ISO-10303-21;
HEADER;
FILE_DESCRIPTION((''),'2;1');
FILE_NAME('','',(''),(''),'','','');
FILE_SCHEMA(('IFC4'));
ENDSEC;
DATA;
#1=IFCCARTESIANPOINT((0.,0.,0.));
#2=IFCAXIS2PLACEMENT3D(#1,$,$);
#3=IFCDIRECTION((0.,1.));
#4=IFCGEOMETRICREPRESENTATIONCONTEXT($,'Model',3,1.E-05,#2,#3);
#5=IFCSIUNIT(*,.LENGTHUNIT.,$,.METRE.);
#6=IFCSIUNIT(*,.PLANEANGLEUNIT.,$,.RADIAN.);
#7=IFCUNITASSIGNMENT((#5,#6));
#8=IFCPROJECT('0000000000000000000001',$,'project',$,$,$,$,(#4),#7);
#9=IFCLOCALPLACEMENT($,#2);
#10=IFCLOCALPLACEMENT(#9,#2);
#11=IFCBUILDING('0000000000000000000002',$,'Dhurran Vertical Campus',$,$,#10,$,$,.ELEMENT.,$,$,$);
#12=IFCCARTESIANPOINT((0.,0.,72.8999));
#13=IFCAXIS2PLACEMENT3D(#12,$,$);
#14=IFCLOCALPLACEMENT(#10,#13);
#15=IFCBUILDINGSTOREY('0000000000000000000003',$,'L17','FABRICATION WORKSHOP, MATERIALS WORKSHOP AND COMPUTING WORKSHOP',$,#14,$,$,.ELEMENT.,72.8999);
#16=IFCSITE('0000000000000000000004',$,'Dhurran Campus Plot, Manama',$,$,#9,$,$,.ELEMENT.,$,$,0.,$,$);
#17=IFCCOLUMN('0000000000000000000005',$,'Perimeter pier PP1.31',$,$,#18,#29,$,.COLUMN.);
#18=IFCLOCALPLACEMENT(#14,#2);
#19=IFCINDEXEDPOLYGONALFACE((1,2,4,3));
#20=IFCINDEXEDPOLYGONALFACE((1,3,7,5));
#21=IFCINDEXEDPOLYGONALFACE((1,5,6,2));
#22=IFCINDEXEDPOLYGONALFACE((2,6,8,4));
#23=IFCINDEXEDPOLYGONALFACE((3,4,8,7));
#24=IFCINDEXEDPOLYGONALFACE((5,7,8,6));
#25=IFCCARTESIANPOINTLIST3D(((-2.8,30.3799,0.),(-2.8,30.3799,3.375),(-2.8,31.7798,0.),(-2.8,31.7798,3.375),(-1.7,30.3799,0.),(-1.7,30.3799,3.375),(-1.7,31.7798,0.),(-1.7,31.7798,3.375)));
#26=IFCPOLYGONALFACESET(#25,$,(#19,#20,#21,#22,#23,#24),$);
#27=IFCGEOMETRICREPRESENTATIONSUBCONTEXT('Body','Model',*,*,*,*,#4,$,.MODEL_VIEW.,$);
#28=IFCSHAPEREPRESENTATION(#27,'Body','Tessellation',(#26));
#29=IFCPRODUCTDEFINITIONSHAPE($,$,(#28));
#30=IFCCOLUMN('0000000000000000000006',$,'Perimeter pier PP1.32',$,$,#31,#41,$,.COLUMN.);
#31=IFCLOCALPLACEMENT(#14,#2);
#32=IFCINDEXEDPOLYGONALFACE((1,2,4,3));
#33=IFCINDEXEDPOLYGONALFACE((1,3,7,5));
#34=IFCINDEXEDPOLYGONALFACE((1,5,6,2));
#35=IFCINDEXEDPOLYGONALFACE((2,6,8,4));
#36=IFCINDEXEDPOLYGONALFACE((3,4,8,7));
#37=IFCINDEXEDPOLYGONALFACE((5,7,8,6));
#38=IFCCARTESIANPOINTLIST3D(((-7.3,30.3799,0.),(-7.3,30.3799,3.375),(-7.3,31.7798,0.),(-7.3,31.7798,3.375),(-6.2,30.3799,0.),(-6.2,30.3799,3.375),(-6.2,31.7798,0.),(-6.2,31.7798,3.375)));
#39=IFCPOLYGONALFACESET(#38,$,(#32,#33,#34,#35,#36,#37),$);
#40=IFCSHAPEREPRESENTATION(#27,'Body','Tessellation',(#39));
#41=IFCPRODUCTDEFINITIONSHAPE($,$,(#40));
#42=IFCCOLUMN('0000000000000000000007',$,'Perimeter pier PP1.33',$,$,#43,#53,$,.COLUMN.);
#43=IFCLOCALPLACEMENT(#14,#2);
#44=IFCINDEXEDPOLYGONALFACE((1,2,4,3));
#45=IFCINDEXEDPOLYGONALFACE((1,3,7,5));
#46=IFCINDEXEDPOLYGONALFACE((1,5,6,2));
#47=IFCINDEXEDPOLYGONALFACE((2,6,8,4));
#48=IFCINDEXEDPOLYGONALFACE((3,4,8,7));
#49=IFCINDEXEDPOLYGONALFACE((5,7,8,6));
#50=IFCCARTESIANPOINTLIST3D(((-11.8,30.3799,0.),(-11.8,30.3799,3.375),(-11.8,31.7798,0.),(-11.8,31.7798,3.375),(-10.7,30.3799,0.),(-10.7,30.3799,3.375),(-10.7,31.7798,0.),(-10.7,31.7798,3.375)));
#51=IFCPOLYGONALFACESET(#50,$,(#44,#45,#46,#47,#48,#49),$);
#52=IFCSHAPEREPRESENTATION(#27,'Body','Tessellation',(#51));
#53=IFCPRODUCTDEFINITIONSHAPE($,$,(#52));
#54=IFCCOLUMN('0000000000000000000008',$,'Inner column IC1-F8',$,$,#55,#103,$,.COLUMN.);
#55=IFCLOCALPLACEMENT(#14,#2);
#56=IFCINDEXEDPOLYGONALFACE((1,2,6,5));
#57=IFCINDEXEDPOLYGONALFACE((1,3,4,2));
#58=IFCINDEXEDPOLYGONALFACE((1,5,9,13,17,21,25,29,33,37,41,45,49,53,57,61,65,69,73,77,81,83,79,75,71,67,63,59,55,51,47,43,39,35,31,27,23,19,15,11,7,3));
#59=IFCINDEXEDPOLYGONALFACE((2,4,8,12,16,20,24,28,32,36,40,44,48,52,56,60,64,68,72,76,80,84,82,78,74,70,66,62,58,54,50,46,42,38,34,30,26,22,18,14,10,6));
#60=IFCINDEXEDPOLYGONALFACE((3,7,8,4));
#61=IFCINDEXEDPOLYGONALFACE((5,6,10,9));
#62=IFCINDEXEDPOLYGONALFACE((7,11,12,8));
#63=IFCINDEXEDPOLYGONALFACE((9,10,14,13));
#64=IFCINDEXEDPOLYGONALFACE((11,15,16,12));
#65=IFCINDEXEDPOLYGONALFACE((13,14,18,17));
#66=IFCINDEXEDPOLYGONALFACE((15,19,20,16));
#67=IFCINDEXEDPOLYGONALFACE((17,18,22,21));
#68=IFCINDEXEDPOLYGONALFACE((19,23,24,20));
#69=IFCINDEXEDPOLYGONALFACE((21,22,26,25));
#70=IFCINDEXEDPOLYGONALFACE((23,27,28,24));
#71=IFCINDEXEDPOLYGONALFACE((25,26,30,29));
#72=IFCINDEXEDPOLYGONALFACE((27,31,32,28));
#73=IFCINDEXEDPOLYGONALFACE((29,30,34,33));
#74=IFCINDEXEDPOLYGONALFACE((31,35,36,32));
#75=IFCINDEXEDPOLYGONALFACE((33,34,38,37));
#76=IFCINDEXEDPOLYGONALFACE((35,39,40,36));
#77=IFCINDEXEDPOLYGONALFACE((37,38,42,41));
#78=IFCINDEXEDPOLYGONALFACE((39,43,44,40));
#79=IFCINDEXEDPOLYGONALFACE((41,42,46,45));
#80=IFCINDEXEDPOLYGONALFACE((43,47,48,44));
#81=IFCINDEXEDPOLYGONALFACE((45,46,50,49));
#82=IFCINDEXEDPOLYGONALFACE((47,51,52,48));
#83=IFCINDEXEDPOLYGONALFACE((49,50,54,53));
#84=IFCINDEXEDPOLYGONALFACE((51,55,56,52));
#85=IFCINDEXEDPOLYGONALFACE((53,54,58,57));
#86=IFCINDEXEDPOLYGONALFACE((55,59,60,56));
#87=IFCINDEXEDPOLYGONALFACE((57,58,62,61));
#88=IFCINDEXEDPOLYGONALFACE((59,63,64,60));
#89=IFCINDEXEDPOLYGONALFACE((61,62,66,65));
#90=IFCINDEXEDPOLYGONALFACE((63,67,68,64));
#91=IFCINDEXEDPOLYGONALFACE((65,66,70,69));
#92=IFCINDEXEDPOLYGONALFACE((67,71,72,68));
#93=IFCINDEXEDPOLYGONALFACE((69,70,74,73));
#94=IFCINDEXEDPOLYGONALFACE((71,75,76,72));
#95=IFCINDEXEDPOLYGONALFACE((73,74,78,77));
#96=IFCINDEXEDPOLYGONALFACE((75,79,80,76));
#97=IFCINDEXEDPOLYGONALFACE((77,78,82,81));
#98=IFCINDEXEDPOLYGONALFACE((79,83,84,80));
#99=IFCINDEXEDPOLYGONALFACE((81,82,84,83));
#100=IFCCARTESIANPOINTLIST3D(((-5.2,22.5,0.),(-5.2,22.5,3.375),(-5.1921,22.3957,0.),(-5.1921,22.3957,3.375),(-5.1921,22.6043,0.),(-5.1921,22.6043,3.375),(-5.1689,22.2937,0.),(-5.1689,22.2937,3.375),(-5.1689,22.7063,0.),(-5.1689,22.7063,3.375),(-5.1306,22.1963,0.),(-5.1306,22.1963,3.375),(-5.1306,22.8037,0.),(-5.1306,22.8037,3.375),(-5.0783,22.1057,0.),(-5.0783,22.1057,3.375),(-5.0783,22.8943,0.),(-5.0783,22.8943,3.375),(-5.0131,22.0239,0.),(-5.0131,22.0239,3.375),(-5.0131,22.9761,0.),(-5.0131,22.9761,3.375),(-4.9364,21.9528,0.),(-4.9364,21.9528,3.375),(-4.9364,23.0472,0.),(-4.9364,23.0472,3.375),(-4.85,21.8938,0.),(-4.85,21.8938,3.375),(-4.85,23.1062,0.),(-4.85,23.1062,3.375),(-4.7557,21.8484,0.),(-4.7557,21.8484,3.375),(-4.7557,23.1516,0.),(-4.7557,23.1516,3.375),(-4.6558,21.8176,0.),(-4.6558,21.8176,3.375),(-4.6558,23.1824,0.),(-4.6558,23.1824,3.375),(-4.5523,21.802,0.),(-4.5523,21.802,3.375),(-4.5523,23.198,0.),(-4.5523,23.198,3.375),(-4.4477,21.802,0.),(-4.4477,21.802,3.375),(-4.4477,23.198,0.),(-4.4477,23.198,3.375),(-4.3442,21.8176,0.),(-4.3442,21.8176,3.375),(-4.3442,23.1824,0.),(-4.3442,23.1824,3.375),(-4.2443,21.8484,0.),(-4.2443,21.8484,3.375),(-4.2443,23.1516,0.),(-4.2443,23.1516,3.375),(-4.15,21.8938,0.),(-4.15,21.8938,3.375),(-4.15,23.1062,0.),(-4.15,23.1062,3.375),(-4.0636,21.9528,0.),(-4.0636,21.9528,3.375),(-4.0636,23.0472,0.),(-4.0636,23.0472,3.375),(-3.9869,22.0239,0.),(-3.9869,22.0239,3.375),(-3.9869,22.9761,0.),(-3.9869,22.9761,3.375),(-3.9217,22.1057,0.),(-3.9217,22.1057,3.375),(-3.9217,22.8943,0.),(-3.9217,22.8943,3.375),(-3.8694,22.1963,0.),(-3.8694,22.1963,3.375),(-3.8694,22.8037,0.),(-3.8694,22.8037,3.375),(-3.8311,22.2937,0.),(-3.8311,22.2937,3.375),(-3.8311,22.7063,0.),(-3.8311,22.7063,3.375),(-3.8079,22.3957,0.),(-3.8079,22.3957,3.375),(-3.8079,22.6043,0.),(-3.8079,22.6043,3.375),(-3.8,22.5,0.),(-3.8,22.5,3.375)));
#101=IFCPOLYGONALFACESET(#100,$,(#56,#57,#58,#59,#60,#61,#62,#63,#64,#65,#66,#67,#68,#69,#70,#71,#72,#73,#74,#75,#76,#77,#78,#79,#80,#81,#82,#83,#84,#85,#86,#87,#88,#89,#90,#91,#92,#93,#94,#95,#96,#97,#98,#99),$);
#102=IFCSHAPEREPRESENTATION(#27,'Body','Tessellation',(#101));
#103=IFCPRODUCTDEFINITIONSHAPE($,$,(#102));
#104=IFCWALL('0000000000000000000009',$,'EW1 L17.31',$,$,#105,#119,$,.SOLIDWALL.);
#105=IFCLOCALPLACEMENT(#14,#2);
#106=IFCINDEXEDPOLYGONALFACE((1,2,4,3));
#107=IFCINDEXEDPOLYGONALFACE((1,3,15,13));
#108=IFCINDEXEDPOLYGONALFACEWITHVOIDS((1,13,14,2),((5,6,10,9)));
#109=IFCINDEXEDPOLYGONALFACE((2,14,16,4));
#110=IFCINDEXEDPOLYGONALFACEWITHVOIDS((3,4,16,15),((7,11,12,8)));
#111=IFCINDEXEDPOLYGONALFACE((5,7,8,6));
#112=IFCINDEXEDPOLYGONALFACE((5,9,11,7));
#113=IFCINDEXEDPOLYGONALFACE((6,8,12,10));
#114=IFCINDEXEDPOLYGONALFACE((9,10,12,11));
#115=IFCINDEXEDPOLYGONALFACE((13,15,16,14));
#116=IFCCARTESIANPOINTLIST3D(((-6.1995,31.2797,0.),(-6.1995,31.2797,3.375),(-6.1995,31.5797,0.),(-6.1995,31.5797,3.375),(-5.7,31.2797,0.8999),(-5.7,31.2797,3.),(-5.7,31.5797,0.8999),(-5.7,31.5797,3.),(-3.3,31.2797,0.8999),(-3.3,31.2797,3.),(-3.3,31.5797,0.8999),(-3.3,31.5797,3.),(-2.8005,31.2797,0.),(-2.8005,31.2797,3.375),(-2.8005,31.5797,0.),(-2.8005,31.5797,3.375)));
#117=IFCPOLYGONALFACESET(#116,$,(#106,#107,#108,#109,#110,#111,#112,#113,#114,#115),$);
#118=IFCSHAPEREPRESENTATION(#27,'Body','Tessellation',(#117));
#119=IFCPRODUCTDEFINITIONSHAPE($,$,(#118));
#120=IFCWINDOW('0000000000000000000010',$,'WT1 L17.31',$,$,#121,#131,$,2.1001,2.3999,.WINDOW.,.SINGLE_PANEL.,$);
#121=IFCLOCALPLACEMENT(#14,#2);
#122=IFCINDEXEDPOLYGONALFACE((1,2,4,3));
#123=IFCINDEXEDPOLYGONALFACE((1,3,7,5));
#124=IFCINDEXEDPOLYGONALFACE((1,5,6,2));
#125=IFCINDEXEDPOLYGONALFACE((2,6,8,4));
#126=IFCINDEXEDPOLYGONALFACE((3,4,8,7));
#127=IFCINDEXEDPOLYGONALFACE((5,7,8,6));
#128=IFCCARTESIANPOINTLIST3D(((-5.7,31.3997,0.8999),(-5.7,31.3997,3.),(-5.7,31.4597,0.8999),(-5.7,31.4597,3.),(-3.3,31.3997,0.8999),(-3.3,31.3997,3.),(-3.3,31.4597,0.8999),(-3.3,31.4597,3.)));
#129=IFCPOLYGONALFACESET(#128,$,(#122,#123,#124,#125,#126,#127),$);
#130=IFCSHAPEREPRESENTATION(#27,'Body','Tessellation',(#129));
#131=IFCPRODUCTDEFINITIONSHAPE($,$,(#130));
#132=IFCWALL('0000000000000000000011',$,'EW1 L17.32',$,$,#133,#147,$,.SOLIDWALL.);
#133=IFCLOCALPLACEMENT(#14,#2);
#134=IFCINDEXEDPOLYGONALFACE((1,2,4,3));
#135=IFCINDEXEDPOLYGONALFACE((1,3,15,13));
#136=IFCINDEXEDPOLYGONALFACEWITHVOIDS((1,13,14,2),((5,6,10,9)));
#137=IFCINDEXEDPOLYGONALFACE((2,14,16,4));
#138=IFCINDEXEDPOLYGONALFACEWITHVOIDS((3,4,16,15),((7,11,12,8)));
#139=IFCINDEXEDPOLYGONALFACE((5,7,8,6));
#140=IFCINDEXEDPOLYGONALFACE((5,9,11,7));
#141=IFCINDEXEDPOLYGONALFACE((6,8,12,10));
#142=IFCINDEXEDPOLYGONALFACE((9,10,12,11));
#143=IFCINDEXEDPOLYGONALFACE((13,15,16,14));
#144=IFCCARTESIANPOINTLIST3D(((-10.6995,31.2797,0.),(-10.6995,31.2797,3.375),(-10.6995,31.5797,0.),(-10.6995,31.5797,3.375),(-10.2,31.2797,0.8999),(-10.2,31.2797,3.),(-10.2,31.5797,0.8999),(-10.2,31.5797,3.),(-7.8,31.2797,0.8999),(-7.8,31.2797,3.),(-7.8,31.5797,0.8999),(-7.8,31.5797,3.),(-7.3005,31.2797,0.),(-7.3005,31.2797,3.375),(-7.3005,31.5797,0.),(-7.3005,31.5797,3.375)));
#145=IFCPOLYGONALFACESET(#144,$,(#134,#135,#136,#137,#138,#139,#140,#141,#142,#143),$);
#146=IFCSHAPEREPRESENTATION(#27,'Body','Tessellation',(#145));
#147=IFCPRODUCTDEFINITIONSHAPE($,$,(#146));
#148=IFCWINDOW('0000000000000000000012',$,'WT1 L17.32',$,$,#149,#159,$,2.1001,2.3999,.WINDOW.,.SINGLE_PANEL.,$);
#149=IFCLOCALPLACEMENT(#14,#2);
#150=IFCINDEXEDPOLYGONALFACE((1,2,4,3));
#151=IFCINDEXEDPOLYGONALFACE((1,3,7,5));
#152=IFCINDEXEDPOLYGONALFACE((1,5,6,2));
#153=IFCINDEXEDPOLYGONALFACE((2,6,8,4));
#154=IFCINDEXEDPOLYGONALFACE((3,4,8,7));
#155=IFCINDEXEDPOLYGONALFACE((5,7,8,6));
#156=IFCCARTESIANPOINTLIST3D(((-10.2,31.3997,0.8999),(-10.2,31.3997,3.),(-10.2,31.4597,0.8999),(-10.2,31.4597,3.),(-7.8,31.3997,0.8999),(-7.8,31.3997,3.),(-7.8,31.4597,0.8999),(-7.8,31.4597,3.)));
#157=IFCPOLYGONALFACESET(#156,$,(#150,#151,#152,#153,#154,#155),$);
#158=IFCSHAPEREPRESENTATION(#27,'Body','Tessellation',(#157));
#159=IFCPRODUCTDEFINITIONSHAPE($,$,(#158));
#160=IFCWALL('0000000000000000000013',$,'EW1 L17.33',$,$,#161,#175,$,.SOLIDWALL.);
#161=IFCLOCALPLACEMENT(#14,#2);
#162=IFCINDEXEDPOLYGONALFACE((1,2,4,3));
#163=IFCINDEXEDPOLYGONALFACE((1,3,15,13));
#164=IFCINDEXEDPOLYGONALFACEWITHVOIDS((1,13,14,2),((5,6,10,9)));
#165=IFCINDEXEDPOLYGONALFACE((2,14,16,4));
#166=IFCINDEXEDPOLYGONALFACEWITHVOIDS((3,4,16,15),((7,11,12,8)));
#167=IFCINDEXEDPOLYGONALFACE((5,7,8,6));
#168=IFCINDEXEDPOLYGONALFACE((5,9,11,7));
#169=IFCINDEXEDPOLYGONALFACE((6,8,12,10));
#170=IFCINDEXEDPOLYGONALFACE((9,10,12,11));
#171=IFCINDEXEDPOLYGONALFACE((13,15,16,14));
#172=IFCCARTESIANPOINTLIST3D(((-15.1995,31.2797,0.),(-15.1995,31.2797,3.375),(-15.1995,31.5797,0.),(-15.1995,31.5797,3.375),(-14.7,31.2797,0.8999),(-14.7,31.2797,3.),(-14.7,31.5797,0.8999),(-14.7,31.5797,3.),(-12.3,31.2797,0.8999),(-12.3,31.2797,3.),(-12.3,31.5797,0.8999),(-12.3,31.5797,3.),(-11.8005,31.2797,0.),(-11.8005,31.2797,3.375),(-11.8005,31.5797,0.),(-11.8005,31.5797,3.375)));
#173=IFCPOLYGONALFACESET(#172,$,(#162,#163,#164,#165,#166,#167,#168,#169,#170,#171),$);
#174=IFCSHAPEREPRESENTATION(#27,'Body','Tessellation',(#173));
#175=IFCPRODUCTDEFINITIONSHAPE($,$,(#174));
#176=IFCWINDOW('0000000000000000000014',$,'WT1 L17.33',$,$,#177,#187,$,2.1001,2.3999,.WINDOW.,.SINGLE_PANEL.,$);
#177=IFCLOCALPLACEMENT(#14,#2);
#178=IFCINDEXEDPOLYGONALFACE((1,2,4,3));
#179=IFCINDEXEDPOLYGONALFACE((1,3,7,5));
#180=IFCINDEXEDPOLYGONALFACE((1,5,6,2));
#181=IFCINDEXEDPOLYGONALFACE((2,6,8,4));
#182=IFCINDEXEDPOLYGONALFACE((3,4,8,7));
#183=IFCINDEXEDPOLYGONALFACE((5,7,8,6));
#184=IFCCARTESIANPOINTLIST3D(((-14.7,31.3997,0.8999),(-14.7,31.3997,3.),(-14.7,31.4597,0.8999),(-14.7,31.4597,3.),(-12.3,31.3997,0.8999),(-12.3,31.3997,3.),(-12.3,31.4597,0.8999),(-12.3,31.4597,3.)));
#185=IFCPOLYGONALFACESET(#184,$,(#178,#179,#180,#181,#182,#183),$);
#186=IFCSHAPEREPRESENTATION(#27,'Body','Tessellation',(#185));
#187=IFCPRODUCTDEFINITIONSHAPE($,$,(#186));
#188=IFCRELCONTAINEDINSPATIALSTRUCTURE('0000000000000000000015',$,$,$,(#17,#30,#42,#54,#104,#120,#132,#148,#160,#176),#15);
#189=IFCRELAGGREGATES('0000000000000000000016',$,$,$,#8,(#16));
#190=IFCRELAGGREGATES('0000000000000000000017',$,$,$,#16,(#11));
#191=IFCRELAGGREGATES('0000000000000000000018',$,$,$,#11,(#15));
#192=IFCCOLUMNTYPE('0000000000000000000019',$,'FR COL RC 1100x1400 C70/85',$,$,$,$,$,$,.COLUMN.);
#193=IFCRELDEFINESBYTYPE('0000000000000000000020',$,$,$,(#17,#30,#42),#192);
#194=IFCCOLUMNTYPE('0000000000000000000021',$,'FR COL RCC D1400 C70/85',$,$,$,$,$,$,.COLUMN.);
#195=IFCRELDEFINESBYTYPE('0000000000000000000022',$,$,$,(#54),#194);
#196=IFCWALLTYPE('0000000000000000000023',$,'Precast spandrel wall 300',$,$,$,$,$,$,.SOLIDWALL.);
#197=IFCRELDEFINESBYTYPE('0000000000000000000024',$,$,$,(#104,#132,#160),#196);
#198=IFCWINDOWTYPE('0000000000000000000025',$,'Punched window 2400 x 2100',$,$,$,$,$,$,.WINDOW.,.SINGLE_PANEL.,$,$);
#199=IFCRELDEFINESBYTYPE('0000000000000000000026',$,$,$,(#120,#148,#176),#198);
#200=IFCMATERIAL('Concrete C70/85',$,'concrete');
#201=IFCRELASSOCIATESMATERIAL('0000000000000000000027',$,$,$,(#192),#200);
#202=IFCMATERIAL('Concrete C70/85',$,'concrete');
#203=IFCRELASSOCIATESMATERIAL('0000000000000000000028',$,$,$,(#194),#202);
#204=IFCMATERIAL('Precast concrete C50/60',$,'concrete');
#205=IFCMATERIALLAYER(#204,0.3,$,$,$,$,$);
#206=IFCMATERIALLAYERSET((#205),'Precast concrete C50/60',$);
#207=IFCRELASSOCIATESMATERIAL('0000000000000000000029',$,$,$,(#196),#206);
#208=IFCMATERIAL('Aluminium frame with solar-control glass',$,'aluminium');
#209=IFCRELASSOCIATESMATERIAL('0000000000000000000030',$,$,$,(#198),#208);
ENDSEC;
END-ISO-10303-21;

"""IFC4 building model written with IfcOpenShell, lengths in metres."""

from ifc_helpers import new_model, si_unit, direction, frame, frame_2d, origin, origin_2d, place, context, subcontext, project, spatial, rectangle, circle, extrude, material, layer, layer_set, material_profile, profile_set, type_object, element, fill, save


model = new_model("IFC4")

# Units and contexts
model_context = context("Model", 3, precision=1e-05, world=origin(), true_north=direction((0.0, 1.0)))
body_context = subcontext(model_context, "Body", "Model", "MODEL_VIEW")
ifc_project = project(units=[si_unit("LENGTHUNIT", "METRE"), si_unit("PLANEANGLEUNIT", "RADIAN")], contexts=[model_context])

# Site, building, storey
site_placement = place(None, origin())
site = spatial("IfcSite", under=ifc_project, at=site_placement, Name="Dhurran Campus Plot, Manama", CompositionType="ELEMENT", RefElevation=0.0)
building_placement = place(site_placement, origin())
building = spatial("IfcBuilding", under=site, at=building_placement, Name="Dhurran Vertical Campus", CompositionType="ELEMENT")
storey_placement = place(building_placement, frame((0.0, 0.0, 72.8999)))
storey = spatial("IfcBuildingStorey", under=building, at=storey_placement, Name="L17", Description="FABRICATION WORKSHOP, MATERIALS WORKSHOP AND COMPUTING WORKSHOP", CompositionType="ELEMENT", Elevation=72.8999)

# Columns
ifc_material_1 = material(Name="Concrete C70/85", Category="concrete")
ifc_material_profile_1 = material_profile(ifc_material_1, rectangle(XDim=1.1001, YDim=1.3999, at=origin_2d()), Name="RC 1100x1400")
ifc_profile_set_1 = profile_set([ifc_material_profile_1], Name="Concrete C70/85")
column_type_1 = type_object("IfcColumnType", Name="FR COL RC 1100x1400 C70/85", PredefinedType="COLUMN", material=ifc_profile_set_1)
for number, where, z_axis, x_axis, name in (
    (1, (-2.25, 31.0798, 0.0), (0.0, 0.0, 1.0), (-1.0, 0.0, 0.0), "Perimeter pier PP1.31"),
    (2, (-6.75, 31.0798, 0.0), (0.0, 0.0, 1.0), (-1.0, 0.0, 0.0), "Perimeter pier PP1.32"),
    (3, (-11.25, 31.0798, 0.0), (0.0, 0.0, 1.0), (-1.0, 0.0, 0.0), "Perimeter pier PP1.33"),
):
    element("IfcColumn", number, at=place(storey_placement, frame(where, z_axis=z_axis, x_axis=x_axis)), inside=storey, type_object=column_type_1, Name=name, PredefinedType="COLUMN", context=body_context, shape_type="SweptSolid", body=[
        extrude(rectangle(XDim=1.1001, YDim=1.3999, at=origin_2d()), origin(), (0.0, 0.0, 1.0), 3.375),
    ])
ifc_material_2 = material(Name="Concrete C70/85", Category="concrete")
ifc_material_profile_2 = material_profile(ifc_material_2, circle(Radius=0.7, at=origin_2d()), Name="RCC D1400")
ifc_profile_set_2 = profile_set([ifc_material_profile_2], Name="Concrete C70/85")
column_type_2 = type_object("IfcColumnType", Name="FR COL RCC D1400 C70/85", PredefinedType="COLUMN", material=ifc_profile_set_2)
column_placement = place(storey_placement, frame((-4.5, 22.5, 0.0), z_axis=(0.0, 0.0, 1.0), x_axis=(1.0, 0.0, 0.0)))
element("IfcColumn", 4, at=column_placement, inside=storey, type_object=column_type_2, Name="Inner column IC1-F8", PredefinedType="COLUMN", context=body_context, shape_type="SweptSolid", body=[
    extrude(circle(Radius=0.7, at=origin_2d()), origin(), (0.0, 0.0, 1.0), 3.375),
])

# Walls, openings, windows
ifc_material_3 = material(Name="Precast concrete C50/60", Category="concrete")
ifc_layer_1 = layer(ifc_material_3, 0.3)
ifc_layer_set_1 = layer_set([ifc_layer_1], Name="Precast concrete C50/60")
wall_type_1 = type_object("IfcWallType", Name="Precast spandrel wall 300", PredefinedType="SOLIDWALL", material=ifc_layer_set_1)
wall_1_placement = place(storey_placement, frame((-2.8005, 31.4297, 0.0), z_axis=(0.0, 0.0, 1.0), x_axis=(-1.0, 0.0, 0.0)))
wall_1 = element("IfcWall", 5, at=wall_1_placement, inside=storey, type_object=wall_type_1, Name="EW1 L17.31", PredefinedType="SOLIDWALL", context=body_context, shape_type="SweptSolid", body=[
    extrude(rectangle(XDim=3.3989, YDim=0.3, at=frame_2d((1.6995, 0.0))), origin(), (0.0, 0.0, 1.0), 3.375),
])
opening_1_placement = place(wall_1_placement, frame((0.4995, 0.0, 0.8999)))
opening_1 = element("IfcOpeningElement", 6, at=opening_1_placement, cuts=wall_1, PredefinedType="OPENING", context=body_context, shape_type="SweptSolid", body=[
    extrude(rectangle(XDim=2.3999, YDim=2.1001, at=frame_2d((1.2, 1.05))), frame((0.0, 0.1599, 0.0), z_axis=(0.0, -1.0, 0.0), x_axis=(1.0, 0.0, 0.0)), (0.0, 0.0, 1.0), 0.3201),
])
ifc_material_4 = material(Name="Aluminium frame with solar-control glass", Category="aluminium")
window_type = type_object("IfcWindowType", Name="Punched window 2400 x 2100", PartitioningType="SINGLE_PANEL", PredefinedType="WINDOW", material=ifc_material_4)
window_1_placement = place(opening_1_placement, origin())
window_1 = element("IfcWindow", 7, at=window_1_placement, inside=storey, type_object=window_type, Name="WT1 L17.31", OverallHeight=2.1001, OverallWidth=2.3999, PartitioningType="SINGLE_PANEL", PredefinedType="WINDOW", context=body_context, shape_type="SweptSolid", body=[
    extrude(rectangle(XDim=2.3999, YDim=2.1001, at=frame_2d((1.2, 1.05))), frame((0.0, 0.03, 0.0), z_axis=(0.0, -1.0, 0.0), x_axis=(1.0, 0.0, 0.0)), (0.0, 0.0, 1.0), 0.0601),
])
fill(opening_1, window_1)
wall_2_placement = place(storey_placement, frame((-7.3005, 31.4297, 0.0), z_axis=(0.0, 0.0, 1.0), x_axis=(-1.0, 0.0, 0.0)))
wall_2 = element("IfcWall", 8, at=wall_2_placement, inside=storey, type_object=wall_type_1, Name="EW1 L17.32", PredefinedType="SOLIDWALL", context=body_context, shape_type="SweptSolid", body=[
    extrude(rectangle(XDim=3.3989, YDim=0.3, at=frame_2d((1.6995, 0.0))), origin(), (0.0, 0.0, 1.0), 3.375),
])
opening_2_placement = place(wall_2_placement, frame((0.4995, 0.0, 0.8999)))
opening_2 = element("IfcOpeningElement", 9, at=opening_2_placement, cuts=wall_2, PredefinedType="OPENING", context=body_context, shape_type="SweptSolid", body=[
    extrude(rectangle(XDim=2.3999, YDim=2.1001, at=frame_2d((1.2, 1.05))), frame((0.0, 0.1599, 0.0), z_axis=(0.0, -1.0, 0.0), x_axis=(1.0, 0.0, 0.0)), (0.0, 0.0, 1.0), 0.3201),
])
window_2_placement = place(opening_2_placement, origin())
window_2 = element("IfcWindow", 10, at=window_2_placement, inside=storey, type_object=window_type, Name="WT1 L17.32", OverallHeight=2.1001, OverallWidth=2.3999, PartitioningType="SINGLE_PANEL", PredefinedType="WINDOW", context=body_context, shape_type="SweptSolid", body=[
    extrude(rectangle(XDim=2.3999, YDim=2.1001, at=frame_2d((1.2, 1.05))), frame((0.0, 0.03, 0.0), z_axis=(0.0, -1.0, 0.0), x_axis=(1.0, 0.0, 0.0)), (0.0, 0.0, 1.0), 0.0601),
])
fill(opening_2, window_2)
wall_3_placement = place(storey_placement, frame((-11.8005, 31.4297, 0.0), z_axis=(0.0, 0.0, 1.0), x_axis=(-1.0, 0.0, 0.0)))
wall_3 = element("IfcWall", 11, at=wall_3_placement, inside=storey, type_object=wall_type_1, Name="EW1 L17.33", PredefinedType="SOLIDWALL", context=body_context, shape_type="SweptSolid", body=[
    extrude(rectangle(XDim=3.3989, YDim=0.3, at=frame_2d((1.6995, 0.0))), origin(), (0.0, 0.0, 1.0), 3.375),
])
opening_3_placement = place(wall_3_placement, frame((0.4995, 0.0, 0.8999)))
opening_3 = element("IfcOpeningElement", 12, at=opening_3_placement, cuts=wall_3, PredefinedType="OPENING", context=body_context, shape_type="SweptSolid", body=[
    extrude(rectangle(XDim=2.3999, YDim=2.1001, at=frame_2d((1.2, 1.05))), frame((0.0, 0.1599, 0.0), z_axis=(0.0, -1.0, 0.0), x_axis=(1.0, 0.0, 0.0)), (0.0, 0.0, 1.0), 0.3201),
])
window_3_placement = place(opening_3_placement, origin())
window_3 = element("IfcWindow", 13, at=window_3_placement, inside=storey, type_object=window_type, Name="WT1 L17.33", OverallHeight=2.1001, OverallWidth=2.3999, PartitioningType="SINGLE_PANEL", PredefinedType="WINDOW", context=body_context, shape_type="SweptSolid", body=[
    extrude(rectangle(XDim=2.3999, YDim=2.1001, at=frame_2d((1.2, 1.05))), frame((0.0, 0.03, 0.0), z_axis=(0.0, -1.0, 0.0), x_axis=(1.0, 0.0, 0.0)), (0.0, 0.0, 1.0), 0.0601),
])
fill(opening_3, window_3)

save(model, "model.ifc")
